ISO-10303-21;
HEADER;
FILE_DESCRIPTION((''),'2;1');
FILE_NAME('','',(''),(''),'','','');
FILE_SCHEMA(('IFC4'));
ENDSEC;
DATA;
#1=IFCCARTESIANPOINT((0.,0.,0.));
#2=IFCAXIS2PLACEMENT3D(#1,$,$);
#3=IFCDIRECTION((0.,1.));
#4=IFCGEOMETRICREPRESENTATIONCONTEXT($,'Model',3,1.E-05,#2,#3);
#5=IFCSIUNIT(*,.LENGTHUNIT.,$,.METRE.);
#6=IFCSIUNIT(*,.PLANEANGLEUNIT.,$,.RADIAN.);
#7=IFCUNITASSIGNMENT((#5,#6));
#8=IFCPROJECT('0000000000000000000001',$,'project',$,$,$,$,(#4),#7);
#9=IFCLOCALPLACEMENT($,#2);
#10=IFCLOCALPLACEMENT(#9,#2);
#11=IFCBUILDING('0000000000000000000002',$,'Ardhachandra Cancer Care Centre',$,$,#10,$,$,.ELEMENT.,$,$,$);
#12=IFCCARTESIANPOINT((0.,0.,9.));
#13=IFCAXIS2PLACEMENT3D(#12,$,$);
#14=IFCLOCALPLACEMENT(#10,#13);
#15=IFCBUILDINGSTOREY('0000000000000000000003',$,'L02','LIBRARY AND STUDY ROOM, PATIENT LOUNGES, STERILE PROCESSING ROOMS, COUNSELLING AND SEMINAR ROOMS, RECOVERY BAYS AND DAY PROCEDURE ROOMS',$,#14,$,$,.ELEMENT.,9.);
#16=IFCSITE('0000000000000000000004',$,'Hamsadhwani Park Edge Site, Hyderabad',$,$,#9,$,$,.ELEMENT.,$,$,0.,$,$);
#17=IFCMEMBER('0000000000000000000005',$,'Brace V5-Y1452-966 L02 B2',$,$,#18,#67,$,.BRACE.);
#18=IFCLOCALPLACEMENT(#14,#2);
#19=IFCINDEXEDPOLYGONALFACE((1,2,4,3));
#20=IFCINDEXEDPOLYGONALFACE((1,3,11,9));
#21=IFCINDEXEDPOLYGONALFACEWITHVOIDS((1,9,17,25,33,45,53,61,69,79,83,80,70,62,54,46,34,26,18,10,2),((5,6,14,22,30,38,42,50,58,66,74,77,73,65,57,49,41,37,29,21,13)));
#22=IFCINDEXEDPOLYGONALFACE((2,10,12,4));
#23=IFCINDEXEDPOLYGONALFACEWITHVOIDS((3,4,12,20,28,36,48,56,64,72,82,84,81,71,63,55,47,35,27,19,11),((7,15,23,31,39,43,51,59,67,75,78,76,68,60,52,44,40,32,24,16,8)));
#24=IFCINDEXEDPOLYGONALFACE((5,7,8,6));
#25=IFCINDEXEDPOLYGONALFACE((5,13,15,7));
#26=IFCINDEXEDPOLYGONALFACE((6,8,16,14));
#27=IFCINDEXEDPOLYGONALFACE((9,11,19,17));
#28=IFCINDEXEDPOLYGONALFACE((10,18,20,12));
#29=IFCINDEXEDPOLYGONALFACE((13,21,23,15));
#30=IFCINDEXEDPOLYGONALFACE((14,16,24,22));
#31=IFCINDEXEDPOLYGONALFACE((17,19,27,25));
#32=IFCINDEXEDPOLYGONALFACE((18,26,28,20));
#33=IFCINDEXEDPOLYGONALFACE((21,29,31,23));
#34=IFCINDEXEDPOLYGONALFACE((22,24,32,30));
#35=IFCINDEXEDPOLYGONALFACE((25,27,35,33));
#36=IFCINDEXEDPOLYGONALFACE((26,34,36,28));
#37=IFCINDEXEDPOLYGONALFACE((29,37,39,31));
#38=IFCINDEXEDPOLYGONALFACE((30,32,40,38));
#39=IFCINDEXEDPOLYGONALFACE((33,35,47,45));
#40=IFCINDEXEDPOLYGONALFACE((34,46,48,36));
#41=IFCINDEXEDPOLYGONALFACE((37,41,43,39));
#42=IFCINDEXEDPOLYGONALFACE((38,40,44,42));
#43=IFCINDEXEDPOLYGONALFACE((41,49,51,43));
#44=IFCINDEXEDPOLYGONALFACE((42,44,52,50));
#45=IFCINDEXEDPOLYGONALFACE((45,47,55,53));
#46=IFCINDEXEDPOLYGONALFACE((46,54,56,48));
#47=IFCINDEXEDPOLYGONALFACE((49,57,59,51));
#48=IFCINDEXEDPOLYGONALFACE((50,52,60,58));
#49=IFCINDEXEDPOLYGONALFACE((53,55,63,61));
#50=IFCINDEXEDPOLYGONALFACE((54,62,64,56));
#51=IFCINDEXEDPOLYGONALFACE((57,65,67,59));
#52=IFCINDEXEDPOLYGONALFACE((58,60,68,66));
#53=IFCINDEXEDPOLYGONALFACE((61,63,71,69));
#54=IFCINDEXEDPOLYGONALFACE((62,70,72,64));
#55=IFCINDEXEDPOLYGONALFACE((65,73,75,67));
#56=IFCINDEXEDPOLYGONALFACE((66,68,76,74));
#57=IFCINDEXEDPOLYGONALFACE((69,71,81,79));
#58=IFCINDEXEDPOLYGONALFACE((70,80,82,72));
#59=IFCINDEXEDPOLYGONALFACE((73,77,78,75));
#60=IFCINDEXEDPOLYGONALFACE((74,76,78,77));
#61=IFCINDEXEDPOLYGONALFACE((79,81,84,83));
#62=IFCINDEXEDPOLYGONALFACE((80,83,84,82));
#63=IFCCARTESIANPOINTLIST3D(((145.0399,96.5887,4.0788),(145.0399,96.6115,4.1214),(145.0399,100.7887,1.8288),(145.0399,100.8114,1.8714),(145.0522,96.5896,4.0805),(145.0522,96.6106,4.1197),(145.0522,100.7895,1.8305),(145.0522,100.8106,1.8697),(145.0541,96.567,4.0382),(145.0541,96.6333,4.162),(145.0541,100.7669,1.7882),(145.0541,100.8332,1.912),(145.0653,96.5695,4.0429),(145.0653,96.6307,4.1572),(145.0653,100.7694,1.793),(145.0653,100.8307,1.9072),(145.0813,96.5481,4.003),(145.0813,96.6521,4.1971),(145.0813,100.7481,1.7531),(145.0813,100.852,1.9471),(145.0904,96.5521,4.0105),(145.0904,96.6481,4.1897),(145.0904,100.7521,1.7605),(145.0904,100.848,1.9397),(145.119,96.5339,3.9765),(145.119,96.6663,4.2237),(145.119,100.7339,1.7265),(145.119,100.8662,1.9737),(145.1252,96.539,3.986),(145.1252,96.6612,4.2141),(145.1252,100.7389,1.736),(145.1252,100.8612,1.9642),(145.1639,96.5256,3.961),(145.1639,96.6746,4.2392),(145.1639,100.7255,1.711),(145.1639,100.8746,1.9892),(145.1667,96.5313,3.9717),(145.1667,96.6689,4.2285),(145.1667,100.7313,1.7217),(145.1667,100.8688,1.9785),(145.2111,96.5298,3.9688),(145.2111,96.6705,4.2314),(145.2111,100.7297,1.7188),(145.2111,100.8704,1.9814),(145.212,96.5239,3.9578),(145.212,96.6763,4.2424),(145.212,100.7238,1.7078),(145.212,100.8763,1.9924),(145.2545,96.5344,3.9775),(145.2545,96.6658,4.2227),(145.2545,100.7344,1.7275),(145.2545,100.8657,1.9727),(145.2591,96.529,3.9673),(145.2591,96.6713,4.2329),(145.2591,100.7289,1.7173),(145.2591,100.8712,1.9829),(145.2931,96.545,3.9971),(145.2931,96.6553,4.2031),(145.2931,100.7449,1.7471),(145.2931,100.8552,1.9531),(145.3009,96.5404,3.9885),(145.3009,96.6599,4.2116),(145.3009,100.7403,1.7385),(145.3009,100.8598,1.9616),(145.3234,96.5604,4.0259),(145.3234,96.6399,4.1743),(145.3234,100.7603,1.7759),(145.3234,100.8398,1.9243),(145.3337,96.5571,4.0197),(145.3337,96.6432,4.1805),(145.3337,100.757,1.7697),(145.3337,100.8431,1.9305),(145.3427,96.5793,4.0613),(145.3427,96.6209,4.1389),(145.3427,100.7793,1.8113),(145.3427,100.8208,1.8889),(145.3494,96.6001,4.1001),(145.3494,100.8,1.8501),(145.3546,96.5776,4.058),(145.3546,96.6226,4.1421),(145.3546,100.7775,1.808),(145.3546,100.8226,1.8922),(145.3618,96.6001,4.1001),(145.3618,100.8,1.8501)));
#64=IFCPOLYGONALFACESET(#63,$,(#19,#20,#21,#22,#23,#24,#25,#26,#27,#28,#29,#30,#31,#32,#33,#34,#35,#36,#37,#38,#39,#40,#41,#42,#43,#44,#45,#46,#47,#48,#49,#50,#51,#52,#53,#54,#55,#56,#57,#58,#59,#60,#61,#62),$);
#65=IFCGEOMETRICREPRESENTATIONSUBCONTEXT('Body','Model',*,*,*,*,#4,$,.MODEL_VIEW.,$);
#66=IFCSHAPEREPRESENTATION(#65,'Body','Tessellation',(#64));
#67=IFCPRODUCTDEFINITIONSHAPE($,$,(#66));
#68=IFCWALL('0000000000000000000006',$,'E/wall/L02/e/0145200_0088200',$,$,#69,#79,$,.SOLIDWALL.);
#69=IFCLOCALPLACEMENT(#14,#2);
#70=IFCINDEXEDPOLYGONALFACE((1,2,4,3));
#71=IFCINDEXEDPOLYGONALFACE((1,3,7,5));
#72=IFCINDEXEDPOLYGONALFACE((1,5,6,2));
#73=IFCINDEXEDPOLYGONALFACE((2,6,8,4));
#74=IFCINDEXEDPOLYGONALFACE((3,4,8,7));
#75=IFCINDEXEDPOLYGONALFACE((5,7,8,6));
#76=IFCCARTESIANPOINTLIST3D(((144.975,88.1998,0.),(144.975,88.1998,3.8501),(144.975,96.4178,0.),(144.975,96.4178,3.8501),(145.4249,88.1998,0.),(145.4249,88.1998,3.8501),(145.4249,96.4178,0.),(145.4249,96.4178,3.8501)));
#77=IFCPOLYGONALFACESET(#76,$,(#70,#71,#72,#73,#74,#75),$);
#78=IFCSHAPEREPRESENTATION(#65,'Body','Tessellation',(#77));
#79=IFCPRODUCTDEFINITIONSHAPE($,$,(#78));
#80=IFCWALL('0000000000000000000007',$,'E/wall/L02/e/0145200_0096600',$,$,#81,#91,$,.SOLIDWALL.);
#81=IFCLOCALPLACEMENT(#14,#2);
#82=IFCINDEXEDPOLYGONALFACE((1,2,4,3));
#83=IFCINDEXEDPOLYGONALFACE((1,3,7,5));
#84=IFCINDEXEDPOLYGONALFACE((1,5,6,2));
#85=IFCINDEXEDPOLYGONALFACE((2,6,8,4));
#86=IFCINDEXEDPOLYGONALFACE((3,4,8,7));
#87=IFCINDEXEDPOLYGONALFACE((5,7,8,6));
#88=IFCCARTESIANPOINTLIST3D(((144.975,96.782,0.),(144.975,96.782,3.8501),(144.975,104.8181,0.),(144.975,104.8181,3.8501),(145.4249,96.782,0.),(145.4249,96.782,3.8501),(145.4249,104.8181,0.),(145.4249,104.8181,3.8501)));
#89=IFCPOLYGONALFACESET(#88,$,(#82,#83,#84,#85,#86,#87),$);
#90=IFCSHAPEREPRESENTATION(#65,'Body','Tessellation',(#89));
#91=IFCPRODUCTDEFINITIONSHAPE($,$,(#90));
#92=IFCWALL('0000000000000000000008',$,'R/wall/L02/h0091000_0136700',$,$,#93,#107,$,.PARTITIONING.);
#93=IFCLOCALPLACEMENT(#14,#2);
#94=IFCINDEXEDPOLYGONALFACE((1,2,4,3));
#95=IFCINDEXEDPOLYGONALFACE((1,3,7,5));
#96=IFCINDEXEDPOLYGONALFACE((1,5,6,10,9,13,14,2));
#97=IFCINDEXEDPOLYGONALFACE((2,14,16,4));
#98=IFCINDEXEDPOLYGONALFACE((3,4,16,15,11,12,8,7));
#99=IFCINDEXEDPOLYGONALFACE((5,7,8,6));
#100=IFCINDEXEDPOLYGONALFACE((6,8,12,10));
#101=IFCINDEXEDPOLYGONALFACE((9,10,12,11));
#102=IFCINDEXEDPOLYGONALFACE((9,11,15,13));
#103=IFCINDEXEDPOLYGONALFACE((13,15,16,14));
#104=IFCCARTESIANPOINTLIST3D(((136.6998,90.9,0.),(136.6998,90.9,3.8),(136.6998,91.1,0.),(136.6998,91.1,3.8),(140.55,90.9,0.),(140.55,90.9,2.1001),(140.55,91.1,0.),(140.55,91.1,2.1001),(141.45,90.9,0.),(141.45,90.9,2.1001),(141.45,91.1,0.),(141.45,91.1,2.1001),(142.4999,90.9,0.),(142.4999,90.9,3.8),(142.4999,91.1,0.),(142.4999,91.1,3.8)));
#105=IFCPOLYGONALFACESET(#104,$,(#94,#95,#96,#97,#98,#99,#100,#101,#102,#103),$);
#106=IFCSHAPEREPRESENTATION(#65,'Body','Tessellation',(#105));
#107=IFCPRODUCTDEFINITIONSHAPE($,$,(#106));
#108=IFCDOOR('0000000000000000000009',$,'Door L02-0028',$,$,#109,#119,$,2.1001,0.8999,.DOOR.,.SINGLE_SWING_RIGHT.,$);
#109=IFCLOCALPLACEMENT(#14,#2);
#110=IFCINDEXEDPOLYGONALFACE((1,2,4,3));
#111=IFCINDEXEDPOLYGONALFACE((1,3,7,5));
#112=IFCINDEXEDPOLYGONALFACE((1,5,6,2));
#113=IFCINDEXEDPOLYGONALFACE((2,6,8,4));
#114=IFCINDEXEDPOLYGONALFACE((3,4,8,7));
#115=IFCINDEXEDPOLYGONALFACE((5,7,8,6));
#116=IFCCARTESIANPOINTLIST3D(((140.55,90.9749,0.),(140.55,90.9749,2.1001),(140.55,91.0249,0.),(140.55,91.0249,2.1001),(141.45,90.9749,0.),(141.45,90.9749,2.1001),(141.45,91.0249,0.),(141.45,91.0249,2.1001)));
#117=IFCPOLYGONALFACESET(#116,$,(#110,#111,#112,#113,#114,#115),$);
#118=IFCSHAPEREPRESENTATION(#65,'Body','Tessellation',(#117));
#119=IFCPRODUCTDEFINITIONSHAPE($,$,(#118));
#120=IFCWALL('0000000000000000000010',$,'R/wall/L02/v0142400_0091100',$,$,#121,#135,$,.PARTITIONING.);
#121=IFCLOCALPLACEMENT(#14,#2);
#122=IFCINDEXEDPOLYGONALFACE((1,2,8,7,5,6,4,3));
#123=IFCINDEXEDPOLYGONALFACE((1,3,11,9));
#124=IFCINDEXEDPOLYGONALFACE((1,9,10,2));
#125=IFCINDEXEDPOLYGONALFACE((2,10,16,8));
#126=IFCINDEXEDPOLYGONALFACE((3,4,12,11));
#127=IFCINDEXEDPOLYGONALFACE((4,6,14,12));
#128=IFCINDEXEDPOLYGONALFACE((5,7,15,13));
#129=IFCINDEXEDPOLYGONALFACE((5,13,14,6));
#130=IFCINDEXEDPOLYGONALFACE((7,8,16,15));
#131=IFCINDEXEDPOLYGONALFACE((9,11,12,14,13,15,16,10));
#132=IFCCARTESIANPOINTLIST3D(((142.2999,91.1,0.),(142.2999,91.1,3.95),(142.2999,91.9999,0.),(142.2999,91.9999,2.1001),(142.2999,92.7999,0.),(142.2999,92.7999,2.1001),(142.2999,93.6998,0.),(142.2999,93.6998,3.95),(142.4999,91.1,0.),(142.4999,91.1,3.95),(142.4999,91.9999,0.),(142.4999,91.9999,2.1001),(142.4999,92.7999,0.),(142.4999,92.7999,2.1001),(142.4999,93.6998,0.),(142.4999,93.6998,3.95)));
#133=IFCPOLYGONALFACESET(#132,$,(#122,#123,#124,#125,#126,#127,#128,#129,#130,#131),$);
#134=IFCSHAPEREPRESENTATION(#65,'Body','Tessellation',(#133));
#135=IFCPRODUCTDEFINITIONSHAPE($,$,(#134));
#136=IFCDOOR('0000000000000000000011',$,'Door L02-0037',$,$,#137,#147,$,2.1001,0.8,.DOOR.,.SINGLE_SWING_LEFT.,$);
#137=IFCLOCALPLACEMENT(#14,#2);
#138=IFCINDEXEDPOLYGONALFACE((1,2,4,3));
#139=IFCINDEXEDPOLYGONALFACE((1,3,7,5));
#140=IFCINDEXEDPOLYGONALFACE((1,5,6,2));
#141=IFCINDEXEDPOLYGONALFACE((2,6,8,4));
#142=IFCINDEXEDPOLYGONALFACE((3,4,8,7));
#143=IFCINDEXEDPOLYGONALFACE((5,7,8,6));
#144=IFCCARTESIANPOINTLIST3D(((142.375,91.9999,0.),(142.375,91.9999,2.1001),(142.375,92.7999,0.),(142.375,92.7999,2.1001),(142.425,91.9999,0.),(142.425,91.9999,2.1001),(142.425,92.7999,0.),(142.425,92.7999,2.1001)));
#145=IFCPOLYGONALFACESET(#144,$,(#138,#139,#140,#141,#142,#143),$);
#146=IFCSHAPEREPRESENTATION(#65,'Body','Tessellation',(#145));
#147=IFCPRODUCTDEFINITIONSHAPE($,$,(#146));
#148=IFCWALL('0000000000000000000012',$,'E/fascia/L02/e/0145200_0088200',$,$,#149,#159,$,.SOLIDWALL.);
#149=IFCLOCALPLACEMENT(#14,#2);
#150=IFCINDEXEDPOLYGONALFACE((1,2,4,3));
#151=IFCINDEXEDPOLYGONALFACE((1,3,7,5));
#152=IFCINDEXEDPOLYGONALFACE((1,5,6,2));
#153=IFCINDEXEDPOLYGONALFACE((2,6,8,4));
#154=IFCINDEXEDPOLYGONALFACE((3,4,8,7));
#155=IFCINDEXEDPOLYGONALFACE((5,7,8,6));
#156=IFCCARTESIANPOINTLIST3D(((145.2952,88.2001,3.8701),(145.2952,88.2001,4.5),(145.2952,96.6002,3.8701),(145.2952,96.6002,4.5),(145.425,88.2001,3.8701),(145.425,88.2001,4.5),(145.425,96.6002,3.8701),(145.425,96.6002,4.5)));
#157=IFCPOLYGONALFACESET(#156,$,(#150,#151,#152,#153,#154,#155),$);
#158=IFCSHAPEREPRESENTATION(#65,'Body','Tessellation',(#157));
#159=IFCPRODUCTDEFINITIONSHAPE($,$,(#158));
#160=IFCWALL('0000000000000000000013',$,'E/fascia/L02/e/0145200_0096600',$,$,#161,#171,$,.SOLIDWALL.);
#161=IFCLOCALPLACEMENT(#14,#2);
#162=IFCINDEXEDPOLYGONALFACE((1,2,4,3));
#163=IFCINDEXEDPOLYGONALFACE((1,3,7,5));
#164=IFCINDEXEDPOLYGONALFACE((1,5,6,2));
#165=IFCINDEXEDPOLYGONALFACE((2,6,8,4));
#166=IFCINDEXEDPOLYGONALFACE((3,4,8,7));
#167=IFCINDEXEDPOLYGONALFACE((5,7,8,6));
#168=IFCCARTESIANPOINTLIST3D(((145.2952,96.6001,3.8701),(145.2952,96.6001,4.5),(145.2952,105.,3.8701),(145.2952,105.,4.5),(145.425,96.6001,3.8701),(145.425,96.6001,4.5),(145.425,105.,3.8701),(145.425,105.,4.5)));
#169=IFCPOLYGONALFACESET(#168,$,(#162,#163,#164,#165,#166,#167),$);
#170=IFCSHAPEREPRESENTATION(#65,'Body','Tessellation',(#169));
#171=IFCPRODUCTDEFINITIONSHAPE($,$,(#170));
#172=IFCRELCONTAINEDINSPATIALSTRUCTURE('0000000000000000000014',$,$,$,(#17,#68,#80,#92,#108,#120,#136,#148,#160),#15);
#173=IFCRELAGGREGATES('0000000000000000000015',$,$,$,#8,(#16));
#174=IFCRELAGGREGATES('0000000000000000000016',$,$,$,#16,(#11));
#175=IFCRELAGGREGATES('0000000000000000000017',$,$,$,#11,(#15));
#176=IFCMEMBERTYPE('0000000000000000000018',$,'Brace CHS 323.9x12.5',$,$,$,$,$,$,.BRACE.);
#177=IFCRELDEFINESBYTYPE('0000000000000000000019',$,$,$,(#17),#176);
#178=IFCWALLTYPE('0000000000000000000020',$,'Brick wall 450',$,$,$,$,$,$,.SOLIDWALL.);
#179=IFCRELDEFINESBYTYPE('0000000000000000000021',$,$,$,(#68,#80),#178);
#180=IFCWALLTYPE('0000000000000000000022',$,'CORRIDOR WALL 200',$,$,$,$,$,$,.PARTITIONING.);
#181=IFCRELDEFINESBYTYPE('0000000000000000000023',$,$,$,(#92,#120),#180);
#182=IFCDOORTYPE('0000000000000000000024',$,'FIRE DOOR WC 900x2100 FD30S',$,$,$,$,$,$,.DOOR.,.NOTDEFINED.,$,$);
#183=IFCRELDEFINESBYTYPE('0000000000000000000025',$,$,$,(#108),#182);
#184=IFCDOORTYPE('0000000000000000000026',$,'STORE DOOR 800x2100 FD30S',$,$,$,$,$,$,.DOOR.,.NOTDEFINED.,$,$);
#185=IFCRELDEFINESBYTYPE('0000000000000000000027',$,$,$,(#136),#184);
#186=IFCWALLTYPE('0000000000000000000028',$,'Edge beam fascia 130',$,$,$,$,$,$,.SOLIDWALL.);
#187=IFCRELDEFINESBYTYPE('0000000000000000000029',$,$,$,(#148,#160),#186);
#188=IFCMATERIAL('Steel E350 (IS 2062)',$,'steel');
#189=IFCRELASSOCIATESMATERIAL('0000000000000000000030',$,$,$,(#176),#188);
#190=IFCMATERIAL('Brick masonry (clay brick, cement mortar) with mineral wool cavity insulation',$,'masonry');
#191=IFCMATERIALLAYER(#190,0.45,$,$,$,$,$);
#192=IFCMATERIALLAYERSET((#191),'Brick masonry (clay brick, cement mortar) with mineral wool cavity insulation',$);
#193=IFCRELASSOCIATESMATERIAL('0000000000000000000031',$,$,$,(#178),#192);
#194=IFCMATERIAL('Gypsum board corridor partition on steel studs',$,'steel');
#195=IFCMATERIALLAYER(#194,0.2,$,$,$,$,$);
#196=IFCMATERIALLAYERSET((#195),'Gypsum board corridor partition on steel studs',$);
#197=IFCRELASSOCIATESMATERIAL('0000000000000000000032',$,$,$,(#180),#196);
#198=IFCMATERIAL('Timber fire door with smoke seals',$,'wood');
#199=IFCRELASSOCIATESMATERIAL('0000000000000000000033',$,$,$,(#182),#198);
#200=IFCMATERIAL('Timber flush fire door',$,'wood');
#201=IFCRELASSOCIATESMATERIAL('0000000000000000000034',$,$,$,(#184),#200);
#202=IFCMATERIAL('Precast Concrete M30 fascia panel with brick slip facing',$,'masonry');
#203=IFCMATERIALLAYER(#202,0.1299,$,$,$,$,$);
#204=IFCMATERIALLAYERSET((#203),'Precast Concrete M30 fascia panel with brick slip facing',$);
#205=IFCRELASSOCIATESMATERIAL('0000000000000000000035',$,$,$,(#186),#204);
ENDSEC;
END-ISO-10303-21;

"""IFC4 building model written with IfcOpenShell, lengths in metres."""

from ifc_helpers import new_model, si_unit, direction, frame, frame_2d, origin, origin_2d, place, context, subcontext, project, spatial, rectangle, hollow_circle, extrude, material, layer, layer_set, material_profile, profile_set, type_object, element, fill, save


model = new_model("IFC4")

# Units and contexts
model_context = context("Model", 3, precision=1e-05, world=origin(), true_north=direction((0.0, 1.0)))
body_context = subcontext(model_context, "Body", "Model", "MODEL_VIEW")
ifc_project = project(units=[si_unit("LENGTHUNIT", "METRE"), si_unit("PLANEANGLEUNIT", "RADIAN")], contexts=[model_context])

# Site, building, storey
site_placement = place(None, origin())
site = spatial("IfcSite", under=ifc_project, at=site_placement, Name="Hamsadhwani Park Edge Site, Hyderabad", CompositionType="ELEMENT", RefElevation=0.0)
building_placement = place(site_placement, origin())
building = spatial("IfcBuilding", under=site, at=building_placement, Name="Ardhachandra Cancer Care Centre", CompositionType="ELEMENT")
storey_placement = place(building_placement, frame((0.0, 0.0, 9.0)))
storey = spatial("IfcBuildingStorey", under=building, at=storey_placement, Name="L02", Description="LIBRARY AND STUDY ROOM, PATIENT LOUNGES, STERILE PROCESSING ROOMS, COUNSELLING AND SEMINAR ROOMS, RECOVERY BAYS AND DAY PROCEDURE ROOMS", CompositionType="ELEMENT", Elevation=9.0)

# Member
ifc_material_1 = material(Name="Steel E350 (IS 2062)", Category="steel")
ifc_material_profile_1 = material_profile(ifc_material_1, hollow_circle(Radius=0.1619, WallThickness=0.0125, at=origin_2d()), Name="CHS 323.9x12.5")
ifc_profile_set_1 = profile_set([ifc_material_profile_1], Name="Steel E350 (IS 2062)")
member_type = type_object("IfcMemberType", Name="Brace CHS 323.9x12.5", PredefinedType="BRACE", material=ifc_profile_set_1)
member_1_placement = place(storey_placement, frame((145.2, 100.8, 1.8501), z_axis=(0.0, -0.881478, 0.472226), x_axis=(1.0, 0.0, 0.0)))
element("IfcMember", 1, at=member_1_placement, inside=storey, type_object=member_type, Name="Brace V5-Y1452-966 L02 B2", PredefinedType="BRACE", context=body_context, shape_type="SweptSolid", body=[
    extrude(hollow_circle(Radius=0.1619, WallThickness=0.0125, at=origin_2d()), origin(), (0.0, 0.0, 1.0), 4.7646),
])

# Walls
ifc_material_2 = material(Name="Brick masonry (clay brick, cement mortar) with mineral wool cavity insulation", Category="masonry")
ifc_layer_1 = layer(ifc_material_2, 0.45)
ifc_layer_set_1 = layer_set([ifc_layer_1], Name="Brick masonry (clay brick, cement mortar) with mineral wool cavity insulation")
wall_type_1 = type_object("IfcWallType", Name="Brick wall 450", PredefinedType="SOLIDWALL", material=ifc_layer_set_1)
wall_1_placement = place(storey_placement, frame((145.2, 88.2, 0.0), z_axis=(0.0, 0.0, 1.0), x_axis=(0.0, 1.0, 0.0)))
element("IfcWall", 2, at=wall_1_placement, inside=storey, type_object=wall_type_1, Name="E/wall/L02/e/0145200_0088200", PredefinedType="SOLIDWALL", context=body_context, shape_type="SweptSolid", body=[
    extrude(rectangle(XDim=8.218, YDim=0.45, at=frame_2d((4.1089, 0.0))), origin(), (0.0, 0.0, 1.0), 3.8501),
])
wall_2_placement = place(storey_placement, frame((145.2, 96.782, 0.0), z_axis=(0.0, 0.0, 1.0), x_axis=(0.0, 1.0, 0.0)))
element("IfcWall", 3, at=wall_2_placement, inside=storey, type_object=wall_type_1, Name="E/wall/L02/e/0145200_0096600", PredefinedType="SOLIDWALL", context=body_context, shape_type="SweptSolid", body=[
    extrude(rectangle(XDim=8.0361, YDim=0.45, at=frame_2d((4.0181, 0.0))), origin(), (0.0, 0.0, 1.0), 3.8501),
])

# Walls, openings, doors
ifc_material_3 = material(Name="Gypsum board corridor partition on steel studs", Category="steel")
ifc_layer_2 = layer(ifc_material_3, 0.2)
ifc_layer_set_2 = layer_set([ifc_layer_2], Name="Gypsum board corridor partition on steel studs")
wall_type_2 = type_object("IfcWallType", Name="CORRIDOR WALL 200", PredefinedType="PARTITIONING", material=ifc_layer_set_2)
wall_3_placement = place(storey_placement, frame((136.7, 91.0, 0.0), z_axis=(0.0, 0.0, 1.0), x_axis=(1.0, 0.0, 0.0)))
wall_3 = element("IfcWall", 4, at=wall_3_placement, inside=storey, type_object=wall_type_2, Name="R/wall/L02/h0091000_0136700", PredefinedType="PARTITIONING", context=body_context, shape_type="SweptSolid", body=[
    extrude(rectangle(XDim=5.8, YDim=0.2, at=frame_2d((2.8999, 0.0))), origin(), (0.0, 0.0, 1.0), 3.8),
])
opening_1_placement = place(wall_3_placement, frame((3.8501, 0.0, 0.0)))
opening_1 = element("IfcOpeningElement", 5, at=opening_1_placement, cuts=wall_3, PredefinedType="OPENING", context=body_context, shape_type="SweptSolid", body=[
    extrude(rectangle(XDim=0.8999, YDim=2.1001, at=frame_2d((0.45, 1.05))), frame((0.0, 0.1099, 0.0), z_axis=(0.0, -1.0, 0.0), x_axis=(1.0, 0.0, 0.0)), (0.0, 0.0, 1.0), 0.22),
])
ifc_material_4 = material(Name="Timber fire door with smoke seals", Category="wood")
door_type_1 = type_object("IfcDoorType", Name="FIRE DOOR WC 900x2100 FD30S", OperationType="NOTDEFINED", PredefinedType="DOOR", material=ifc_material_4)
door_1_placement = place(opening_1_placement, origin())
door_1 = element("IfcDoor", 6, at=door_1_placement, inside=storey, type_object=door_type_1, Name="Door L02-0028", OperationType="SINGLE_SWING_RIGHT", OverallHeight=2.1001, OverallWidth=0.8999, PredefinedType="DOOR", context=body_context, shape_type="SweptSolid", body=[
    extrude(rectangle(XDim=0.8999, YDim=2.1001, at=frame_2d((0.45, 1.05))), frame((0.0, 0.0249, 0.0), z_axis=(0.0, -1.0, 0.0), x_axis=(1.0, 0.0, 0.0)), (0.0, 0.0, 1.0), 0.05),
])
fill(opening_1, door_1)
wall_4_placement = place(storey_placement, frame((142.3999, 91.1001, 0.0), z_axis=(0.0, 0.0, 1.0), x_axis=(0.0, 1.0, 0.0)))
wall_4 = element("IfcWall", 7, at=wall_4_placement, inside=storey, type_object=wall_type_2, Name="R/wall/L02/v0142400_0091100", PredefinedType="PARTITIONING", context=body_context, shape_type="SweptSolid", body=[
    extrude(rectangle(XDim=2.5999, YDim=0.2, at=frame_2d((1.2998, 0.0))), origin(), (0.0, 0.0, 1.0), 3.95),
])
opening_2_placement = place(wall_4_placement, frame((0.8999, 0.0, 0.0)))
opening_2 = element("IfcOpeningElement", 8, at=opening_2_placement, cuts=wall_4, PredefinedType="OPENING", context=body_context, shape_type="SweptSolid", body=[
    extrude(rectangle(XDim=0.8, YDim=2.1001, at=frame_2d((0.3999, 1.05))), frame((0.0, 0.1099, 0.0), z_axis=(0.0, -1.0, 0.0), x_axis=(1.0, 0.0, 0.0)), (0.0, 0.0, 1.0), 0.22),
])
ifc_material_5 = material(Name="Timber flush fire door", Category="wood")
door_type_2 = type_object("IfcDoorType", Name="STORE DOOR 800x2100 FD30S", OperationType="NOTDEFINED", PredefinedType="DOOR", material=ifc_material_5)
door_2_placement = place(opening_2_placement, origin())
door_2 = element("IfcDoor", 9, at=door_2_placement, inside=storey, type_object=door_type_2, Name="Door L02-0037", OperationType="SINGLE_SWING_LEFT", OverallHeight=2.1001, OverallWidth=0.8, PredefinedType="DOOR", context=body_context, shape_type="SweptSolid", body=[
    extrude(rectangle(XDim=0.8, YDim=2.1001, at=frame_2d((0.3999, 1.05))), frame((0.0, 0.0249, 0.0), z_axis=(0.0, -1.0, 0.0), x_axis=(1.0, 0.0, 0.0)), (0.0, 0.0, 1.0), 0.05),
])
fill(opening_2, door_2)

# Walls
ifc_material_6 = material(Name="Precast Concrete M30 fascia panel with brick slip facing", Category="masonry")
ifc_layer_3 = layer(ifc_material_6, 0.1299)
ifc_layer_set_3 = layer_set([ifc_layer_3], Name="Precast Concrete M30 fascia panel with brick slip facing")
wall_type_3 = type_object("IfcWallType", Name="Edge beam fascia 130", PredefinedType="SOLIDWALL", material=ifc_layer_set_3)
wall_5_placement = place(storey_placement, frame((145.3601, 88.2, 3.8701), z_axis=(0.0, 0.0, 1.0), x_axis=(0.0, 1.0, 0.0)))
element("IfcWall", 10, at=wall_5_placement, inside=storey, type_object=wall_type_3, Name="E/fascia/L02/e/0145200_0088200", PredefinedType="SOLIDWALL", context=body_context, shape_type="SweptSolid", body=[
    extrude(rectangle(XDim=8.4001, YDim=0.1299, at=frame_2d((4.2002, 0.0))), origin(), (0.0, 0.0, 1.0), 0.6299),
])
wall_6_placement = place(storey_placement, frame((145.3601, 96.6001, 3.8701), z_axis=(0.0, 0.0, 1.0), x_axis=(0.0, 1.0, 0.0)))
element("IfcWall", 11, at=wall_6_placement, inside=storey, type_object=wall_type_3, Name="E/fascia/L02/e/0145200_0096600", PredefinedType="SOLIDWALL", context=body_context, shape_type="SweptSolid", body=[
    extrude(rectangle(XDim=8.3999, YDim=0.1299, at=frame_2d((4.2, 0.0))), origin(), (0.0, 0.0, 1.0), 0.6299),
])

save(model, "model.ifc")
